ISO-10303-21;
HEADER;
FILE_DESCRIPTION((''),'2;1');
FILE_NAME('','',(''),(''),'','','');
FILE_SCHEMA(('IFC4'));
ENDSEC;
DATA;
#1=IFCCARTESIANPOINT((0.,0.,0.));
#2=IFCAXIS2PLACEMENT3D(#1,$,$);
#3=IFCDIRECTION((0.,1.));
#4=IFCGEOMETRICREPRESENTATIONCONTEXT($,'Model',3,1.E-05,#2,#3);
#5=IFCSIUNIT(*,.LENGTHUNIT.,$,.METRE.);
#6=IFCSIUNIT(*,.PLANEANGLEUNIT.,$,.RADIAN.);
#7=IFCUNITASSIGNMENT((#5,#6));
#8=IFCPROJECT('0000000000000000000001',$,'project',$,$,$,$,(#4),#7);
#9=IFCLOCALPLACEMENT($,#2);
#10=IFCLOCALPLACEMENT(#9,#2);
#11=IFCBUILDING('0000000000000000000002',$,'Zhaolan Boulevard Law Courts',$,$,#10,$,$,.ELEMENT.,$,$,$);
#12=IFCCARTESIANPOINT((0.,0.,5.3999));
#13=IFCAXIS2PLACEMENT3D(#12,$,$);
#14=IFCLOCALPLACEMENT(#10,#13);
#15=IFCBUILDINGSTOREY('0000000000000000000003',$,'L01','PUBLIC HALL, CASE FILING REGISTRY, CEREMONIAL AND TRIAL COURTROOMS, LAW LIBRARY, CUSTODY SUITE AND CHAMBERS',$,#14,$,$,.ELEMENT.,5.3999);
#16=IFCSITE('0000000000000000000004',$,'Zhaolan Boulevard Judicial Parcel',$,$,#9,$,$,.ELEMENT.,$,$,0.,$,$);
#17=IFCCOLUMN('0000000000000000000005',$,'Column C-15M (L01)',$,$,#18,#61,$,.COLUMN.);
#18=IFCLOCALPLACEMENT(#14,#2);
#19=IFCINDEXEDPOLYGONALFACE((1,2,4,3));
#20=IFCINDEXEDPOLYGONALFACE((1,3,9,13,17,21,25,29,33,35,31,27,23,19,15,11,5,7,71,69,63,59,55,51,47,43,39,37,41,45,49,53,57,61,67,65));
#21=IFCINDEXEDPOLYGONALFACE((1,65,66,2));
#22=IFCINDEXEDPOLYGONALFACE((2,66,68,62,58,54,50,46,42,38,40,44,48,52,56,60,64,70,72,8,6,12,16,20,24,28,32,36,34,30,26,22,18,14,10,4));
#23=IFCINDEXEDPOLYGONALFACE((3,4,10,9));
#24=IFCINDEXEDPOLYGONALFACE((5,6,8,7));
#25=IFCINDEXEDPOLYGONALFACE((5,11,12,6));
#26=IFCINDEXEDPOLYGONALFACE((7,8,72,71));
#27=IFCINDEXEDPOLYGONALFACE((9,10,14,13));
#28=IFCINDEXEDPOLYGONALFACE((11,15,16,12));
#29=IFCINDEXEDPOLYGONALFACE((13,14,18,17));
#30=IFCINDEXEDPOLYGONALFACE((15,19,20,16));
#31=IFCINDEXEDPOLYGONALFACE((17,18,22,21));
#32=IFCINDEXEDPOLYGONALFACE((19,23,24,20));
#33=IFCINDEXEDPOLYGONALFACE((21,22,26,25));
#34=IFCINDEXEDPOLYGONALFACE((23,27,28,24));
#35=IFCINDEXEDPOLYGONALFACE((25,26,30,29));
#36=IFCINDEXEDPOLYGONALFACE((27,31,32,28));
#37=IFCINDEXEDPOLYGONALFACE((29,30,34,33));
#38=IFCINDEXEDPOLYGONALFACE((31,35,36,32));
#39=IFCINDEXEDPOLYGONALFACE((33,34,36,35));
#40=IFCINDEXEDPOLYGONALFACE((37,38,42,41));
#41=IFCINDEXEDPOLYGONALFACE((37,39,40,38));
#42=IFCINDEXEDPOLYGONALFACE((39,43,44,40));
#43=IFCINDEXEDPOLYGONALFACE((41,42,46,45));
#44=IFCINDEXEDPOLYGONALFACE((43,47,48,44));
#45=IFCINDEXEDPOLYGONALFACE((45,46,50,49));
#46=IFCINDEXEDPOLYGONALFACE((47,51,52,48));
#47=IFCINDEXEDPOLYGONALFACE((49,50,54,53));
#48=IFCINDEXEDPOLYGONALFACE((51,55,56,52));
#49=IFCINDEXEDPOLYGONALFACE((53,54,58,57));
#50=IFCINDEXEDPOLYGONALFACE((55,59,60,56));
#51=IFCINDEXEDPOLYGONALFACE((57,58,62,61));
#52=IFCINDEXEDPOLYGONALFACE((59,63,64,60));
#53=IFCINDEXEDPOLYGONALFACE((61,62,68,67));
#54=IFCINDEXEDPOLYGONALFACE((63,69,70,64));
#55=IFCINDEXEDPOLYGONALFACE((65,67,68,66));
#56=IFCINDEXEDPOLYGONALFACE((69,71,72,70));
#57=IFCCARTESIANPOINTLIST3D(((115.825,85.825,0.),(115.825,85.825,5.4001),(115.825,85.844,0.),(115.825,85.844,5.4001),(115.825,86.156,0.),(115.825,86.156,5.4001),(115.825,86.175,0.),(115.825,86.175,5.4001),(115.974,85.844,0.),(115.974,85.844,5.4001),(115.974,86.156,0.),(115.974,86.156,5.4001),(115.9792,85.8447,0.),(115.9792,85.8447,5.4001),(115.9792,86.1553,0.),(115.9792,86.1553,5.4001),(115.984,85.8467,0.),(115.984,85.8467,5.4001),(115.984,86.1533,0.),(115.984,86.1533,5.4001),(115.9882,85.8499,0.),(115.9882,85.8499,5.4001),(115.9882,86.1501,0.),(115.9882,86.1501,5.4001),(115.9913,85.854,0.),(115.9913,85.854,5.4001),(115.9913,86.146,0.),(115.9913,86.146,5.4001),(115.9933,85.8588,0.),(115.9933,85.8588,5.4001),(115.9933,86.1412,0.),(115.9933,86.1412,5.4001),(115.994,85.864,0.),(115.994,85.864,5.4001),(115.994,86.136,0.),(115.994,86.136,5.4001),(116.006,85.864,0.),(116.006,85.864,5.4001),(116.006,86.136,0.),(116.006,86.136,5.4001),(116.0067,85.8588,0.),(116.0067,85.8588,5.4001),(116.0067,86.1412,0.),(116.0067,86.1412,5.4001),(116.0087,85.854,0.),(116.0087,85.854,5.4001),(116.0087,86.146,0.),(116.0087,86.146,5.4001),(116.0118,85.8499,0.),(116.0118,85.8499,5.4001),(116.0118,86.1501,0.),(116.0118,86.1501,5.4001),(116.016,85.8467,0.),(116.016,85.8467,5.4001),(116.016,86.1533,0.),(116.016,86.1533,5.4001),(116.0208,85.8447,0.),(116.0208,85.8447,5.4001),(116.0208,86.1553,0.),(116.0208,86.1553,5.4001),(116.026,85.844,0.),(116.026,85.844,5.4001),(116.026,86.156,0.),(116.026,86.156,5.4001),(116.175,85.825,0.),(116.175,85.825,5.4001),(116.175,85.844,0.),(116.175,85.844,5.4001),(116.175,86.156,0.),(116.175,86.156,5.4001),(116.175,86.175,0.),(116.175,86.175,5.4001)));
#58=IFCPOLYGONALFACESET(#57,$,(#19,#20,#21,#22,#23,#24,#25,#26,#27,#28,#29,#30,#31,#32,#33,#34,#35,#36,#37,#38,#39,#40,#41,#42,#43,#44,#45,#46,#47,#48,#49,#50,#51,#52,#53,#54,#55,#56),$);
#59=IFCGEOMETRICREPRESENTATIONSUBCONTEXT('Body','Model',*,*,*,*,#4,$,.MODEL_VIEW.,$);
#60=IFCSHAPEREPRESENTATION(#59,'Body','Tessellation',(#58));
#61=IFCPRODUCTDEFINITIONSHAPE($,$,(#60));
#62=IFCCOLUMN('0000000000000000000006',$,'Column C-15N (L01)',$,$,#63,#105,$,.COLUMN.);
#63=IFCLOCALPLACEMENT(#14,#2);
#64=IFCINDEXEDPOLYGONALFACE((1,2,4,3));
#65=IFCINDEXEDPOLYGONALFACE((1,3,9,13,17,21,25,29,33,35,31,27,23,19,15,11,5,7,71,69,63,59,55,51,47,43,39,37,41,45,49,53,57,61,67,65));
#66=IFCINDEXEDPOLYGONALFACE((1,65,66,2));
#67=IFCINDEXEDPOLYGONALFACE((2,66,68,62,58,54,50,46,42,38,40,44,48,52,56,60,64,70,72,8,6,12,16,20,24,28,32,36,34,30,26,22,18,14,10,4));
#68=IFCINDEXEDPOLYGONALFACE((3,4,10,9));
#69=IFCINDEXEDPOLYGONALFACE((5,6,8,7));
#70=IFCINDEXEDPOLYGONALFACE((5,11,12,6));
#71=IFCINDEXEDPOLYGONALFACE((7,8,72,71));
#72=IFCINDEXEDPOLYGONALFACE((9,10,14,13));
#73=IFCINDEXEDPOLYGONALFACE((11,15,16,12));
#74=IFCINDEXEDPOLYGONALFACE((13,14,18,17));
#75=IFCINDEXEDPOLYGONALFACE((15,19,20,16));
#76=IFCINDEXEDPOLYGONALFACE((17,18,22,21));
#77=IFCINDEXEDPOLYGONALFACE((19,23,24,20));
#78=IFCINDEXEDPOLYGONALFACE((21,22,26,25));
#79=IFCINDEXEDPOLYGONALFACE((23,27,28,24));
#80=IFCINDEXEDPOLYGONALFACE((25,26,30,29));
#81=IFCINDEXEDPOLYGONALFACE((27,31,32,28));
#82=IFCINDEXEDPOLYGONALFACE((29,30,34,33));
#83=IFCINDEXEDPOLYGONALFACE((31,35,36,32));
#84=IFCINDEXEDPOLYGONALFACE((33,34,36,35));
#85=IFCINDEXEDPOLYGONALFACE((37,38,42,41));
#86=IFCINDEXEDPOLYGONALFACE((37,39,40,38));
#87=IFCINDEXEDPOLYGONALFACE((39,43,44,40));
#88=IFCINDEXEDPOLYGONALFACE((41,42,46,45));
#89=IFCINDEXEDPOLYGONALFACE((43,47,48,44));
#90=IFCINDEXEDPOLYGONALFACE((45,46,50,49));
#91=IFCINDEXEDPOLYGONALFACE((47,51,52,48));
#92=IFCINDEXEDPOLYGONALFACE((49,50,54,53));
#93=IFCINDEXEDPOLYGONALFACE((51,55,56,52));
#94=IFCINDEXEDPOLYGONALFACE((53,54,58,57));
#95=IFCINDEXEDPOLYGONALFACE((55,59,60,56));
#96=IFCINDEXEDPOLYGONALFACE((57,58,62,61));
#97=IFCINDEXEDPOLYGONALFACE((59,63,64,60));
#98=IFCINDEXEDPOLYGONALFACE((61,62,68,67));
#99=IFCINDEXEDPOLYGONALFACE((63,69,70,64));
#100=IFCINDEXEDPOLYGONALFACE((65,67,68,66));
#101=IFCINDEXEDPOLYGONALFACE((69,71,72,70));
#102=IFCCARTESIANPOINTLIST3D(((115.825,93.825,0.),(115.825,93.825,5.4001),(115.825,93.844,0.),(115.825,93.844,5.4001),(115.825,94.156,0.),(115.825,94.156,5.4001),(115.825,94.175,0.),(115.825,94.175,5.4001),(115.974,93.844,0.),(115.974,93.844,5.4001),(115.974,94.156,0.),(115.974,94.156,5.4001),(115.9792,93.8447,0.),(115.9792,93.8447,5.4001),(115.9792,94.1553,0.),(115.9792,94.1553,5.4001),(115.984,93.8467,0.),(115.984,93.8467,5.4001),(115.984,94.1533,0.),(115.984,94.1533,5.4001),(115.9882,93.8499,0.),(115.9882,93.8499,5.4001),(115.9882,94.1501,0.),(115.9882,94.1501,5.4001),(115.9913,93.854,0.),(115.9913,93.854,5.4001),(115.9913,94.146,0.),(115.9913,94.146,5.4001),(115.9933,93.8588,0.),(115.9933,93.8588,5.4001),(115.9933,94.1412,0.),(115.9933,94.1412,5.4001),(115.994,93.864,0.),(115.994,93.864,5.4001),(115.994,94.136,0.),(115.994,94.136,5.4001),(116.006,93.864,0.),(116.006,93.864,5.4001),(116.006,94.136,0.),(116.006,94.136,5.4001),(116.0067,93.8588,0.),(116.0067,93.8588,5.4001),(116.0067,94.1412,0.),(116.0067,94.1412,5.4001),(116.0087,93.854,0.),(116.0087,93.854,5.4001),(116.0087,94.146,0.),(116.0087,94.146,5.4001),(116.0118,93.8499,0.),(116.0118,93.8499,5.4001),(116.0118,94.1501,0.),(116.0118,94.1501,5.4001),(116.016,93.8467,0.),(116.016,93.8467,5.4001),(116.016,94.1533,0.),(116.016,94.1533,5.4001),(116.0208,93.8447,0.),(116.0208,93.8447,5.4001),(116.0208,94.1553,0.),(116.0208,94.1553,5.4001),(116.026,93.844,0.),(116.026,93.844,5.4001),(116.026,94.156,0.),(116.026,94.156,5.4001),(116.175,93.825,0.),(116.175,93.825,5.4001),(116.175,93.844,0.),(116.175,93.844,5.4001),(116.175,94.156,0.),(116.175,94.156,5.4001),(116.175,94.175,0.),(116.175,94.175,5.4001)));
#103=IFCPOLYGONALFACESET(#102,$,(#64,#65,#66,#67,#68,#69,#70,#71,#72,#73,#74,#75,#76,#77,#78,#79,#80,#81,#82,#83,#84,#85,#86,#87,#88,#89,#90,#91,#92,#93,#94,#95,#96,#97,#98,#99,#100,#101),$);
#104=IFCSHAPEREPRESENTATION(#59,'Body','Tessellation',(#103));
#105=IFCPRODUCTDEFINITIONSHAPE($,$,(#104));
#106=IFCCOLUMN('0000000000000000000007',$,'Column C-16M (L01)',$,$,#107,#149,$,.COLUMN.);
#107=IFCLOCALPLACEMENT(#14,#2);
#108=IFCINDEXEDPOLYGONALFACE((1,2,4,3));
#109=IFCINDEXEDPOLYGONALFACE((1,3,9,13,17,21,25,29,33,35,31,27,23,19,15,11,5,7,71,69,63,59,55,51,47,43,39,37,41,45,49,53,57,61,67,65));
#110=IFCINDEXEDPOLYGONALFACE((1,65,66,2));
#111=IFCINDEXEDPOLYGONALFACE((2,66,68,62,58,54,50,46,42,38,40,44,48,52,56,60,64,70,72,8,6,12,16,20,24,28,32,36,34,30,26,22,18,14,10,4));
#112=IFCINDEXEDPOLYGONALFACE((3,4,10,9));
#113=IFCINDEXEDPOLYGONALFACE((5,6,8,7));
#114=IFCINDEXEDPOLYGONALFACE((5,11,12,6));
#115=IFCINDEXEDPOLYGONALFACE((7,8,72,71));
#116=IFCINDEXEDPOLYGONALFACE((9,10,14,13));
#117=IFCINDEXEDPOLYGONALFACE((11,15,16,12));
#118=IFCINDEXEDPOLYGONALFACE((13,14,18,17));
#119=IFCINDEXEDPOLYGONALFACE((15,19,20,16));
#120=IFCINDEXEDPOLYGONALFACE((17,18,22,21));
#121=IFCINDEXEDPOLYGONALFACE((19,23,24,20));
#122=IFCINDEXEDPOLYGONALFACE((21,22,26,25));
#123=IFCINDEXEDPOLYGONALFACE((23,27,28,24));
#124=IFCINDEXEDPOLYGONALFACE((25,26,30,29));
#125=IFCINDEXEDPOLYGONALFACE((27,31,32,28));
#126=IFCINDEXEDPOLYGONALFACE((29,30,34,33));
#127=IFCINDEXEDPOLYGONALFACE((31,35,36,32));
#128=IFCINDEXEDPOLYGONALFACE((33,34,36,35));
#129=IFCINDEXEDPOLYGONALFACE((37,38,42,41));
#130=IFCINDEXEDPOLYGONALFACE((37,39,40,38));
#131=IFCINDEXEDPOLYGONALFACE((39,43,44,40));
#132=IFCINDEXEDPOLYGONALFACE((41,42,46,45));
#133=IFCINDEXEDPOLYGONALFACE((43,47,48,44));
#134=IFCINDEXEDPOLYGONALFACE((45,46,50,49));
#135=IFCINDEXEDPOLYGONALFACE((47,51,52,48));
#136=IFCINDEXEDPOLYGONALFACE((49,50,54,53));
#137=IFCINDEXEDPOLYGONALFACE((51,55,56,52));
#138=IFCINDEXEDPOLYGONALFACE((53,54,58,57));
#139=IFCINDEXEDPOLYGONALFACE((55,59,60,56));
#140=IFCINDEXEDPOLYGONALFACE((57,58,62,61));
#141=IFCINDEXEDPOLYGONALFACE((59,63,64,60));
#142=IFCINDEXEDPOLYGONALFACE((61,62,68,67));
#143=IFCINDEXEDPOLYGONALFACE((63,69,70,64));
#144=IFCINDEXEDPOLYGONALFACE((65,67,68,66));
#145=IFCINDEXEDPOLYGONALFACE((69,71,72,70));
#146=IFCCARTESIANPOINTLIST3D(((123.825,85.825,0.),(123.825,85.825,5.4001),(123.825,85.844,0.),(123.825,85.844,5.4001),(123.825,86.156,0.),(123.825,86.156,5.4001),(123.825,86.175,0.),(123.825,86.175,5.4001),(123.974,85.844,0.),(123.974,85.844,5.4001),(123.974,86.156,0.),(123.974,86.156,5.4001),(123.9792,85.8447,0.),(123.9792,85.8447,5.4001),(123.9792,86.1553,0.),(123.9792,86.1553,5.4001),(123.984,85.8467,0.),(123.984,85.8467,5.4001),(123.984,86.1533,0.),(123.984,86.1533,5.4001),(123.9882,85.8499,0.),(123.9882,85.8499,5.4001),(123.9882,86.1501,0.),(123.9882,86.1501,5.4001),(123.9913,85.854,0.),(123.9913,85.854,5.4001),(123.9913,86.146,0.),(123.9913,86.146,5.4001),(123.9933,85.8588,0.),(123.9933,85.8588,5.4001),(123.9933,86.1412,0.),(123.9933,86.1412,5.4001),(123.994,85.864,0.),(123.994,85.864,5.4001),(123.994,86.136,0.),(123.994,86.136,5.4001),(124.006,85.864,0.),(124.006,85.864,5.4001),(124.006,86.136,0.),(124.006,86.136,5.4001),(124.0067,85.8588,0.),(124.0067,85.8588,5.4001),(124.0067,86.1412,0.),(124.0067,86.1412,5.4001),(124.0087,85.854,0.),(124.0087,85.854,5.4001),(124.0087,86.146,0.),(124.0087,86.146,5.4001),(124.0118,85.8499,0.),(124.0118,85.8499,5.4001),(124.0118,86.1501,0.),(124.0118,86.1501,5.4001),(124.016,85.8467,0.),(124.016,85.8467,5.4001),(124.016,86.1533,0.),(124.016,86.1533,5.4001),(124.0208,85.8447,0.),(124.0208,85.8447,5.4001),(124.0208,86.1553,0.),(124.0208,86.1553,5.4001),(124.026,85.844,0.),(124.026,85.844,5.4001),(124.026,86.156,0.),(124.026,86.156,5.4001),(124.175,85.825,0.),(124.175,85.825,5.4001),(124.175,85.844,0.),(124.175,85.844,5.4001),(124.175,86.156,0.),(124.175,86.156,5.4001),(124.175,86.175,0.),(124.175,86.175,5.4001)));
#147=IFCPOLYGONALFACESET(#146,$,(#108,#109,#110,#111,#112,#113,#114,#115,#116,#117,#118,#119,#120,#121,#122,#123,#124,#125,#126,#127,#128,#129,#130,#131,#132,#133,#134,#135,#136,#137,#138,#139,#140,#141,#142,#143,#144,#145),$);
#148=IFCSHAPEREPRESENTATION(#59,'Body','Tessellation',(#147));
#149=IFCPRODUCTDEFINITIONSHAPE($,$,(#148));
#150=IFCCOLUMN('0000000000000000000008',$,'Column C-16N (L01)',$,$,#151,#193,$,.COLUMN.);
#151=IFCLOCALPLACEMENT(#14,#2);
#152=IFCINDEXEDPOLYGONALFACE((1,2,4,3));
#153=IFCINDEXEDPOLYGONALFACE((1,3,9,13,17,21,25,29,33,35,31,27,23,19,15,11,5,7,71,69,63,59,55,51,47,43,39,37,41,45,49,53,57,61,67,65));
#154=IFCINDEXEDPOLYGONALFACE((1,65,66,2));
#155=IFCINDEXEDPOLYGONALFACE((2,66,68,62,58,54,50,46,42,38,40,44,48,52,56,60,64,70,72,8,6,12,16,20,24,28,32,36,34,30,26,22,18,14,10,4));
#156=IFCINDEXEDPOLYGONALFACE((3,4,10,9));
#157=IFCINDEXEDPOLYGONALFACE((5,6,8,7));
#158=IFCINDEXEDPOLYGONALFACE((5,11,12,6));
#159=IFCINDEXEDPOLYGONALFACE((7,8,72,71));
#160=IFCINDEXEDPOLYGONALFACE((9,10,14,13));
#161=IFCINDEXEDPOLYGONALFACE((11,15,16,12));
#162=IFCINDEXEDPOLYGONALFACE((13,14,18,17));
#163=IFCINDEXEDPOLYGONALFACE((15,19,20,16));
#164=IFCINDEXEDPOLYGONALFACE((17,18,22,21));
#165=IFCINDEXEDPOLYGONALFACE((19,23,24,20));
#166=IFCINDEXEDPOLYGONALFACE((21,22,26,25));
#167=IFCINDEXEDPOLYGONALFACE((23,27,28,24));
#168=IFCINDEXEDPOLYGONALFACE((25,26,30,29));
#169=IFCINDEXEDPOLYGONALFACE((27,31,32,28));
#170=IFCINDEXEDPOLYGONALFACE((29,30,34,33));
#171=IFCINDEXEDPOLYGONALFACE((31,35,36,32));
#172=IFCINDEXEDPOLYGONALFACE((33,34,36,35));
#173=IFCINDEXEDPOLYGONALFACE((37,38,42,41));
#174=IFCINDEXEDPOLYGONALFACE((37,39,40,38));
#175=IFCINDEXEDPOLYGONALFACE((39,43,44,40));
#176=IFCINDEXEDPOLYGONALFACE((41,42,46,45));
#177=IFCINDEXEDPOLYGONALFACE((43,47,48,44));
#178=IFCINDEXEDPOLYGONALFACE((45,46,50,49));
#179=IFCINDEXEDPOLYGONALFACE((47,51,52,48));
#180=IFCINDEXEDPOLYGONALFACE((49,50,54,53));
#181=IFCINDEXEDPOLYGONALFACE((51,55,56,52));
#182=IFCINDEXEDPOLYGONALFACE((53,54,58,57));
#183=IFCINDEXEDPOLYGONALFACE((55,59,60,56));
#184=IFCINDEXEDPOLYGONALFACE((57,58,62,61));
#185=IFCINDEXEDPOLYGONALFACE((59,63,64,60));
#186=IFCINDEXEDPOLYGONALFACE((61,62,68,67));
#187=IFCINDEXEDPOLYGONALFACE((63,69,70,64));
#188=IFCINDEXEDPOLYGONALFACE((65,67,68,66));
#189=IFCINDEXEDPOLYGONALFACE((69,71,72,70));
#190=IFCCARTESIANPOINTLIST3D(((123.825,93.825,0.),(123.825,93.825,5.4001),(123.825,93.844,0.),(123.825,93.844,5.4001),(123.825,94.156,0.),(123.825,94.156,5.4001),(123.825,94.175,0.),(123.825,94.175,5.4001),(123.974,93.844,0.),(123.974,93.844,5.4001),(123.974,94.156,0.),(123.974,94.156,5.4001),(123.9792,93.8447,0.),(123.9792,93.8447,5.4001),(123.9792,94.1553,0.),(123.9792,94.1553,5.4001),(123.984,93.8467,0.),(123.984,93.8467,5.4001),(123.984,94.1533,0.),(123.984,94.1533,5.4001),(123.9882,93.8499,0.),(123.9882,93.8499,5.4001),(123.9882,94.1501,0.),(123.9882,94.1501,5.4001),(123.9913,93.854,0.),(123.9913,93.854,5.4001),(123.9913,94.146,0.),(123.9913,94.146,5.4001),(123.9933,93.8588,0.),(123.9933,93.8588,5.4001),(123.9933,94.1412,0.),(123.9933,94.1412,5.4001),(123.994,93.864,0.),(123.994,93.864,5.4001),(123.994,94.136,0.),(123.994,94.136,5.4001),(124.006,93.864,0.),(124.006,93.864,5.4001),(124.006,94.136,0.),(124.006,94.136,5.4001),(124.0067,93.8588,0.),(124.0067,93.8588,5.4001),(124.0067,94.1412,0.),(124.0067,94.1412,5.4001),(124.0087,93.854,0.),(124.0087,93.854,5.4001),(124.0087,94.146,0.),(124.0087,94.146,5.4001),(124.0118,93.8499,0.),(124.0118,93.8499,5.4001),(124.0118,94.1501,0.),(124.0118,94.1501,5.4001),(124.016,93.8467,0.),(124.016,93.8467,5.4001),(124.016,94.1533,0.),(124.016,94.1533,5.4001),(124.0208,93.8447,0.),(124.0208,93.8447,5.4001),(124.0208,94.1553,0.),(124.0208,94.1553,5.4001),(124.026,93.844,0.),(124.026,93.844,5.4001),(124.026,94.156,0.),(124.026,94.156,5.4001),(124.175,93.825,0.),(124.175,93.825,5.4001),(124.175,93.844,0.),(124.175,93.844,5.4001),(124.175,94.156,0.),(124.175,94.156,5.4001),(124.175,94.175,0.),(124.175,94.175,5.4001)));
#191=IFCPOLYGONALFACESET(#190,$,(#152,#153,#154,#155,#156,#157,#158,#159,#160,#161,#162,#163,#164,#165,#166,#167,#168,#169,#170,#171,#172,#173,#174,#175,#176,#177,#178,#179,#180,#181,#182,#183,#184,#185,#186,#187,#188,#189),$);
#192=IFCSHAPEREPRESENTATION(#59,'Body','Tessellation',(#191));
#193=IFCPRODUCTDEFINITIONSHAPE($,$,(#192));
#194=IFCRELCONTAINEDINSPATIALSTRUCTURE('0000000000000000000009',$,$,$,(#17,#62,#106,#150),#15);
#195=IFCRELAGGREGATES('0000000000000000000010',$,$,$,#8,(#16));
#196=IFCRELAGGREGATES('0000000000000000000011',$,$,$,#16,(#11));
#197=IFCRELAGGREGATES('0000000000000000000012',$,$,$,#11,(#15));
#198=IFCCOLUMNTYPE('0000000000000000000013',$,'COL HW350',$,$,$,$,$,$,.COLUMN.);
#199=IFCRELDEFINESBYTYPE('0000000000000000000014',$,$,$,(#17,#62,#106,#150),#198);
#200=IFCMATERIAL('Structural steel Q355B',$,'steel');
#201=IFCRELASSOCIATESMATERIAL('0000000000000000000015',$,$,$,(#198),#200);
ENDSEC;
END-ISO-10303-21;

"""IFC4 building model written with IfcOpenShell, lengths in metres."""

from ifc_helpers import new_model, si_unit, direction, frame, origin, origin_2d, place, context, subcontext, project, spatial, i_section, extrude, material, material_profile, profile_set, type_object, element, save


model = new_model("IFC4")

# Units and contexts
model_context = context("Model", 3, precision=1e-05, world=origin(), true_north=direction((0.0, 1.0)))
body_context = subcontext(model_context, "Body", "Model", "MODEL_VIEW")
ifc_project = project(units=[si_unit("LENGTHUNIT", "METRE"), si_unit("PLANEANGLEUNIT", "RADIAN")], contexts=[model_context])

# Site, building, storey
site_placement = place(None, origin())
site = spatial("IfcSite", under=ifc_project, at=site_placement, Name="Zhaolan Boulevard Judicial Parcel", CompositionType="ELEMENT", RefElevation=0.0)
building_placement = place(site_placement, origin())
building = spatial("IfcBuilding", under=site, at=building_placement, Name="Zhaolan Boulevard Law Courts", CompositionType="ELEMENT")
storey_placement = place(building_placement, frame((0.0, 0.0, 5.3999)))
storey = spatial("IfcBuildingStorey", under=building, at=storey_placement, Name="L01", Description="PUBLIC HALL, CASE FILING REGISTRY, CEREMONIAL AND TRIAL COURTROOMS, LAW LIBRARY, CUSTODY SUITE AND CHAMBERS", CompositionType="ELEMENT", Elevation=5.3999)

# Columns
ifc_material_1 = material(Name="Structural steel Q355B", Category="steel")
ifc_material_profile_1 = material_profile(ifc_material_1, i_section(OverallWidth=0.3501, OverallDepth=0.3501, WebThickness=0.012, FlangeThickness=0.019, FilletRadius=0.02, at=origin_2d()), Name="HW350x350")
ifc_profile_set_1 = profile_set([ifc_material_profile_1], Name="Structural steel Q355B")
column_type = type_object("IfcColumnType", Name="COL HW350", PredefinedType="COLUMN", material=ifc_profile_set_1)
for number, where, z_axis, x_axis, name in (
    (1, (116.0, 86.0, 0.0), (0.0, 0.0, 1.0), (1.0, 0.0, 0.0), "Column C-15M (L01)"),
    (2, (116.0, 94.0, 0.0), (0.0, 0.0, 1.0), (1.0, 0.0, 0.0), "Column C-15N (L01)"),
    (3, (124.0, 86.0, 0.0), (0.0, 0.0, 1.0), (1.0, 0.0, 0.0), "Column C-16M (L01)"),
    (4, (124.0, 94.0, 0.0), (0.0, 0.0, 1.0), (1.0, 0.0, 0.0), "Column C-16N (L01)"),
):
    element("IfcColumn", number, at=place(storey_placement, frame(where, z_axis=z_axis, x_axis=x_axis)), inside=storey, type_object=column_type, Name=name, PredefinedType="COLUMN", context=body_context, shape_type="SweptSolid", body=[
        extrude(i_section(OverallWidth=0.3501, OverallDepth=0.3501, WebThickness=0.012, FlangeThickness=0.019, FilletRadius=0.02, at=origin_2d()), origin(), (0.0, 0.0, 1.0), 5.4001),
    ])

save(model, "model.ifc")
